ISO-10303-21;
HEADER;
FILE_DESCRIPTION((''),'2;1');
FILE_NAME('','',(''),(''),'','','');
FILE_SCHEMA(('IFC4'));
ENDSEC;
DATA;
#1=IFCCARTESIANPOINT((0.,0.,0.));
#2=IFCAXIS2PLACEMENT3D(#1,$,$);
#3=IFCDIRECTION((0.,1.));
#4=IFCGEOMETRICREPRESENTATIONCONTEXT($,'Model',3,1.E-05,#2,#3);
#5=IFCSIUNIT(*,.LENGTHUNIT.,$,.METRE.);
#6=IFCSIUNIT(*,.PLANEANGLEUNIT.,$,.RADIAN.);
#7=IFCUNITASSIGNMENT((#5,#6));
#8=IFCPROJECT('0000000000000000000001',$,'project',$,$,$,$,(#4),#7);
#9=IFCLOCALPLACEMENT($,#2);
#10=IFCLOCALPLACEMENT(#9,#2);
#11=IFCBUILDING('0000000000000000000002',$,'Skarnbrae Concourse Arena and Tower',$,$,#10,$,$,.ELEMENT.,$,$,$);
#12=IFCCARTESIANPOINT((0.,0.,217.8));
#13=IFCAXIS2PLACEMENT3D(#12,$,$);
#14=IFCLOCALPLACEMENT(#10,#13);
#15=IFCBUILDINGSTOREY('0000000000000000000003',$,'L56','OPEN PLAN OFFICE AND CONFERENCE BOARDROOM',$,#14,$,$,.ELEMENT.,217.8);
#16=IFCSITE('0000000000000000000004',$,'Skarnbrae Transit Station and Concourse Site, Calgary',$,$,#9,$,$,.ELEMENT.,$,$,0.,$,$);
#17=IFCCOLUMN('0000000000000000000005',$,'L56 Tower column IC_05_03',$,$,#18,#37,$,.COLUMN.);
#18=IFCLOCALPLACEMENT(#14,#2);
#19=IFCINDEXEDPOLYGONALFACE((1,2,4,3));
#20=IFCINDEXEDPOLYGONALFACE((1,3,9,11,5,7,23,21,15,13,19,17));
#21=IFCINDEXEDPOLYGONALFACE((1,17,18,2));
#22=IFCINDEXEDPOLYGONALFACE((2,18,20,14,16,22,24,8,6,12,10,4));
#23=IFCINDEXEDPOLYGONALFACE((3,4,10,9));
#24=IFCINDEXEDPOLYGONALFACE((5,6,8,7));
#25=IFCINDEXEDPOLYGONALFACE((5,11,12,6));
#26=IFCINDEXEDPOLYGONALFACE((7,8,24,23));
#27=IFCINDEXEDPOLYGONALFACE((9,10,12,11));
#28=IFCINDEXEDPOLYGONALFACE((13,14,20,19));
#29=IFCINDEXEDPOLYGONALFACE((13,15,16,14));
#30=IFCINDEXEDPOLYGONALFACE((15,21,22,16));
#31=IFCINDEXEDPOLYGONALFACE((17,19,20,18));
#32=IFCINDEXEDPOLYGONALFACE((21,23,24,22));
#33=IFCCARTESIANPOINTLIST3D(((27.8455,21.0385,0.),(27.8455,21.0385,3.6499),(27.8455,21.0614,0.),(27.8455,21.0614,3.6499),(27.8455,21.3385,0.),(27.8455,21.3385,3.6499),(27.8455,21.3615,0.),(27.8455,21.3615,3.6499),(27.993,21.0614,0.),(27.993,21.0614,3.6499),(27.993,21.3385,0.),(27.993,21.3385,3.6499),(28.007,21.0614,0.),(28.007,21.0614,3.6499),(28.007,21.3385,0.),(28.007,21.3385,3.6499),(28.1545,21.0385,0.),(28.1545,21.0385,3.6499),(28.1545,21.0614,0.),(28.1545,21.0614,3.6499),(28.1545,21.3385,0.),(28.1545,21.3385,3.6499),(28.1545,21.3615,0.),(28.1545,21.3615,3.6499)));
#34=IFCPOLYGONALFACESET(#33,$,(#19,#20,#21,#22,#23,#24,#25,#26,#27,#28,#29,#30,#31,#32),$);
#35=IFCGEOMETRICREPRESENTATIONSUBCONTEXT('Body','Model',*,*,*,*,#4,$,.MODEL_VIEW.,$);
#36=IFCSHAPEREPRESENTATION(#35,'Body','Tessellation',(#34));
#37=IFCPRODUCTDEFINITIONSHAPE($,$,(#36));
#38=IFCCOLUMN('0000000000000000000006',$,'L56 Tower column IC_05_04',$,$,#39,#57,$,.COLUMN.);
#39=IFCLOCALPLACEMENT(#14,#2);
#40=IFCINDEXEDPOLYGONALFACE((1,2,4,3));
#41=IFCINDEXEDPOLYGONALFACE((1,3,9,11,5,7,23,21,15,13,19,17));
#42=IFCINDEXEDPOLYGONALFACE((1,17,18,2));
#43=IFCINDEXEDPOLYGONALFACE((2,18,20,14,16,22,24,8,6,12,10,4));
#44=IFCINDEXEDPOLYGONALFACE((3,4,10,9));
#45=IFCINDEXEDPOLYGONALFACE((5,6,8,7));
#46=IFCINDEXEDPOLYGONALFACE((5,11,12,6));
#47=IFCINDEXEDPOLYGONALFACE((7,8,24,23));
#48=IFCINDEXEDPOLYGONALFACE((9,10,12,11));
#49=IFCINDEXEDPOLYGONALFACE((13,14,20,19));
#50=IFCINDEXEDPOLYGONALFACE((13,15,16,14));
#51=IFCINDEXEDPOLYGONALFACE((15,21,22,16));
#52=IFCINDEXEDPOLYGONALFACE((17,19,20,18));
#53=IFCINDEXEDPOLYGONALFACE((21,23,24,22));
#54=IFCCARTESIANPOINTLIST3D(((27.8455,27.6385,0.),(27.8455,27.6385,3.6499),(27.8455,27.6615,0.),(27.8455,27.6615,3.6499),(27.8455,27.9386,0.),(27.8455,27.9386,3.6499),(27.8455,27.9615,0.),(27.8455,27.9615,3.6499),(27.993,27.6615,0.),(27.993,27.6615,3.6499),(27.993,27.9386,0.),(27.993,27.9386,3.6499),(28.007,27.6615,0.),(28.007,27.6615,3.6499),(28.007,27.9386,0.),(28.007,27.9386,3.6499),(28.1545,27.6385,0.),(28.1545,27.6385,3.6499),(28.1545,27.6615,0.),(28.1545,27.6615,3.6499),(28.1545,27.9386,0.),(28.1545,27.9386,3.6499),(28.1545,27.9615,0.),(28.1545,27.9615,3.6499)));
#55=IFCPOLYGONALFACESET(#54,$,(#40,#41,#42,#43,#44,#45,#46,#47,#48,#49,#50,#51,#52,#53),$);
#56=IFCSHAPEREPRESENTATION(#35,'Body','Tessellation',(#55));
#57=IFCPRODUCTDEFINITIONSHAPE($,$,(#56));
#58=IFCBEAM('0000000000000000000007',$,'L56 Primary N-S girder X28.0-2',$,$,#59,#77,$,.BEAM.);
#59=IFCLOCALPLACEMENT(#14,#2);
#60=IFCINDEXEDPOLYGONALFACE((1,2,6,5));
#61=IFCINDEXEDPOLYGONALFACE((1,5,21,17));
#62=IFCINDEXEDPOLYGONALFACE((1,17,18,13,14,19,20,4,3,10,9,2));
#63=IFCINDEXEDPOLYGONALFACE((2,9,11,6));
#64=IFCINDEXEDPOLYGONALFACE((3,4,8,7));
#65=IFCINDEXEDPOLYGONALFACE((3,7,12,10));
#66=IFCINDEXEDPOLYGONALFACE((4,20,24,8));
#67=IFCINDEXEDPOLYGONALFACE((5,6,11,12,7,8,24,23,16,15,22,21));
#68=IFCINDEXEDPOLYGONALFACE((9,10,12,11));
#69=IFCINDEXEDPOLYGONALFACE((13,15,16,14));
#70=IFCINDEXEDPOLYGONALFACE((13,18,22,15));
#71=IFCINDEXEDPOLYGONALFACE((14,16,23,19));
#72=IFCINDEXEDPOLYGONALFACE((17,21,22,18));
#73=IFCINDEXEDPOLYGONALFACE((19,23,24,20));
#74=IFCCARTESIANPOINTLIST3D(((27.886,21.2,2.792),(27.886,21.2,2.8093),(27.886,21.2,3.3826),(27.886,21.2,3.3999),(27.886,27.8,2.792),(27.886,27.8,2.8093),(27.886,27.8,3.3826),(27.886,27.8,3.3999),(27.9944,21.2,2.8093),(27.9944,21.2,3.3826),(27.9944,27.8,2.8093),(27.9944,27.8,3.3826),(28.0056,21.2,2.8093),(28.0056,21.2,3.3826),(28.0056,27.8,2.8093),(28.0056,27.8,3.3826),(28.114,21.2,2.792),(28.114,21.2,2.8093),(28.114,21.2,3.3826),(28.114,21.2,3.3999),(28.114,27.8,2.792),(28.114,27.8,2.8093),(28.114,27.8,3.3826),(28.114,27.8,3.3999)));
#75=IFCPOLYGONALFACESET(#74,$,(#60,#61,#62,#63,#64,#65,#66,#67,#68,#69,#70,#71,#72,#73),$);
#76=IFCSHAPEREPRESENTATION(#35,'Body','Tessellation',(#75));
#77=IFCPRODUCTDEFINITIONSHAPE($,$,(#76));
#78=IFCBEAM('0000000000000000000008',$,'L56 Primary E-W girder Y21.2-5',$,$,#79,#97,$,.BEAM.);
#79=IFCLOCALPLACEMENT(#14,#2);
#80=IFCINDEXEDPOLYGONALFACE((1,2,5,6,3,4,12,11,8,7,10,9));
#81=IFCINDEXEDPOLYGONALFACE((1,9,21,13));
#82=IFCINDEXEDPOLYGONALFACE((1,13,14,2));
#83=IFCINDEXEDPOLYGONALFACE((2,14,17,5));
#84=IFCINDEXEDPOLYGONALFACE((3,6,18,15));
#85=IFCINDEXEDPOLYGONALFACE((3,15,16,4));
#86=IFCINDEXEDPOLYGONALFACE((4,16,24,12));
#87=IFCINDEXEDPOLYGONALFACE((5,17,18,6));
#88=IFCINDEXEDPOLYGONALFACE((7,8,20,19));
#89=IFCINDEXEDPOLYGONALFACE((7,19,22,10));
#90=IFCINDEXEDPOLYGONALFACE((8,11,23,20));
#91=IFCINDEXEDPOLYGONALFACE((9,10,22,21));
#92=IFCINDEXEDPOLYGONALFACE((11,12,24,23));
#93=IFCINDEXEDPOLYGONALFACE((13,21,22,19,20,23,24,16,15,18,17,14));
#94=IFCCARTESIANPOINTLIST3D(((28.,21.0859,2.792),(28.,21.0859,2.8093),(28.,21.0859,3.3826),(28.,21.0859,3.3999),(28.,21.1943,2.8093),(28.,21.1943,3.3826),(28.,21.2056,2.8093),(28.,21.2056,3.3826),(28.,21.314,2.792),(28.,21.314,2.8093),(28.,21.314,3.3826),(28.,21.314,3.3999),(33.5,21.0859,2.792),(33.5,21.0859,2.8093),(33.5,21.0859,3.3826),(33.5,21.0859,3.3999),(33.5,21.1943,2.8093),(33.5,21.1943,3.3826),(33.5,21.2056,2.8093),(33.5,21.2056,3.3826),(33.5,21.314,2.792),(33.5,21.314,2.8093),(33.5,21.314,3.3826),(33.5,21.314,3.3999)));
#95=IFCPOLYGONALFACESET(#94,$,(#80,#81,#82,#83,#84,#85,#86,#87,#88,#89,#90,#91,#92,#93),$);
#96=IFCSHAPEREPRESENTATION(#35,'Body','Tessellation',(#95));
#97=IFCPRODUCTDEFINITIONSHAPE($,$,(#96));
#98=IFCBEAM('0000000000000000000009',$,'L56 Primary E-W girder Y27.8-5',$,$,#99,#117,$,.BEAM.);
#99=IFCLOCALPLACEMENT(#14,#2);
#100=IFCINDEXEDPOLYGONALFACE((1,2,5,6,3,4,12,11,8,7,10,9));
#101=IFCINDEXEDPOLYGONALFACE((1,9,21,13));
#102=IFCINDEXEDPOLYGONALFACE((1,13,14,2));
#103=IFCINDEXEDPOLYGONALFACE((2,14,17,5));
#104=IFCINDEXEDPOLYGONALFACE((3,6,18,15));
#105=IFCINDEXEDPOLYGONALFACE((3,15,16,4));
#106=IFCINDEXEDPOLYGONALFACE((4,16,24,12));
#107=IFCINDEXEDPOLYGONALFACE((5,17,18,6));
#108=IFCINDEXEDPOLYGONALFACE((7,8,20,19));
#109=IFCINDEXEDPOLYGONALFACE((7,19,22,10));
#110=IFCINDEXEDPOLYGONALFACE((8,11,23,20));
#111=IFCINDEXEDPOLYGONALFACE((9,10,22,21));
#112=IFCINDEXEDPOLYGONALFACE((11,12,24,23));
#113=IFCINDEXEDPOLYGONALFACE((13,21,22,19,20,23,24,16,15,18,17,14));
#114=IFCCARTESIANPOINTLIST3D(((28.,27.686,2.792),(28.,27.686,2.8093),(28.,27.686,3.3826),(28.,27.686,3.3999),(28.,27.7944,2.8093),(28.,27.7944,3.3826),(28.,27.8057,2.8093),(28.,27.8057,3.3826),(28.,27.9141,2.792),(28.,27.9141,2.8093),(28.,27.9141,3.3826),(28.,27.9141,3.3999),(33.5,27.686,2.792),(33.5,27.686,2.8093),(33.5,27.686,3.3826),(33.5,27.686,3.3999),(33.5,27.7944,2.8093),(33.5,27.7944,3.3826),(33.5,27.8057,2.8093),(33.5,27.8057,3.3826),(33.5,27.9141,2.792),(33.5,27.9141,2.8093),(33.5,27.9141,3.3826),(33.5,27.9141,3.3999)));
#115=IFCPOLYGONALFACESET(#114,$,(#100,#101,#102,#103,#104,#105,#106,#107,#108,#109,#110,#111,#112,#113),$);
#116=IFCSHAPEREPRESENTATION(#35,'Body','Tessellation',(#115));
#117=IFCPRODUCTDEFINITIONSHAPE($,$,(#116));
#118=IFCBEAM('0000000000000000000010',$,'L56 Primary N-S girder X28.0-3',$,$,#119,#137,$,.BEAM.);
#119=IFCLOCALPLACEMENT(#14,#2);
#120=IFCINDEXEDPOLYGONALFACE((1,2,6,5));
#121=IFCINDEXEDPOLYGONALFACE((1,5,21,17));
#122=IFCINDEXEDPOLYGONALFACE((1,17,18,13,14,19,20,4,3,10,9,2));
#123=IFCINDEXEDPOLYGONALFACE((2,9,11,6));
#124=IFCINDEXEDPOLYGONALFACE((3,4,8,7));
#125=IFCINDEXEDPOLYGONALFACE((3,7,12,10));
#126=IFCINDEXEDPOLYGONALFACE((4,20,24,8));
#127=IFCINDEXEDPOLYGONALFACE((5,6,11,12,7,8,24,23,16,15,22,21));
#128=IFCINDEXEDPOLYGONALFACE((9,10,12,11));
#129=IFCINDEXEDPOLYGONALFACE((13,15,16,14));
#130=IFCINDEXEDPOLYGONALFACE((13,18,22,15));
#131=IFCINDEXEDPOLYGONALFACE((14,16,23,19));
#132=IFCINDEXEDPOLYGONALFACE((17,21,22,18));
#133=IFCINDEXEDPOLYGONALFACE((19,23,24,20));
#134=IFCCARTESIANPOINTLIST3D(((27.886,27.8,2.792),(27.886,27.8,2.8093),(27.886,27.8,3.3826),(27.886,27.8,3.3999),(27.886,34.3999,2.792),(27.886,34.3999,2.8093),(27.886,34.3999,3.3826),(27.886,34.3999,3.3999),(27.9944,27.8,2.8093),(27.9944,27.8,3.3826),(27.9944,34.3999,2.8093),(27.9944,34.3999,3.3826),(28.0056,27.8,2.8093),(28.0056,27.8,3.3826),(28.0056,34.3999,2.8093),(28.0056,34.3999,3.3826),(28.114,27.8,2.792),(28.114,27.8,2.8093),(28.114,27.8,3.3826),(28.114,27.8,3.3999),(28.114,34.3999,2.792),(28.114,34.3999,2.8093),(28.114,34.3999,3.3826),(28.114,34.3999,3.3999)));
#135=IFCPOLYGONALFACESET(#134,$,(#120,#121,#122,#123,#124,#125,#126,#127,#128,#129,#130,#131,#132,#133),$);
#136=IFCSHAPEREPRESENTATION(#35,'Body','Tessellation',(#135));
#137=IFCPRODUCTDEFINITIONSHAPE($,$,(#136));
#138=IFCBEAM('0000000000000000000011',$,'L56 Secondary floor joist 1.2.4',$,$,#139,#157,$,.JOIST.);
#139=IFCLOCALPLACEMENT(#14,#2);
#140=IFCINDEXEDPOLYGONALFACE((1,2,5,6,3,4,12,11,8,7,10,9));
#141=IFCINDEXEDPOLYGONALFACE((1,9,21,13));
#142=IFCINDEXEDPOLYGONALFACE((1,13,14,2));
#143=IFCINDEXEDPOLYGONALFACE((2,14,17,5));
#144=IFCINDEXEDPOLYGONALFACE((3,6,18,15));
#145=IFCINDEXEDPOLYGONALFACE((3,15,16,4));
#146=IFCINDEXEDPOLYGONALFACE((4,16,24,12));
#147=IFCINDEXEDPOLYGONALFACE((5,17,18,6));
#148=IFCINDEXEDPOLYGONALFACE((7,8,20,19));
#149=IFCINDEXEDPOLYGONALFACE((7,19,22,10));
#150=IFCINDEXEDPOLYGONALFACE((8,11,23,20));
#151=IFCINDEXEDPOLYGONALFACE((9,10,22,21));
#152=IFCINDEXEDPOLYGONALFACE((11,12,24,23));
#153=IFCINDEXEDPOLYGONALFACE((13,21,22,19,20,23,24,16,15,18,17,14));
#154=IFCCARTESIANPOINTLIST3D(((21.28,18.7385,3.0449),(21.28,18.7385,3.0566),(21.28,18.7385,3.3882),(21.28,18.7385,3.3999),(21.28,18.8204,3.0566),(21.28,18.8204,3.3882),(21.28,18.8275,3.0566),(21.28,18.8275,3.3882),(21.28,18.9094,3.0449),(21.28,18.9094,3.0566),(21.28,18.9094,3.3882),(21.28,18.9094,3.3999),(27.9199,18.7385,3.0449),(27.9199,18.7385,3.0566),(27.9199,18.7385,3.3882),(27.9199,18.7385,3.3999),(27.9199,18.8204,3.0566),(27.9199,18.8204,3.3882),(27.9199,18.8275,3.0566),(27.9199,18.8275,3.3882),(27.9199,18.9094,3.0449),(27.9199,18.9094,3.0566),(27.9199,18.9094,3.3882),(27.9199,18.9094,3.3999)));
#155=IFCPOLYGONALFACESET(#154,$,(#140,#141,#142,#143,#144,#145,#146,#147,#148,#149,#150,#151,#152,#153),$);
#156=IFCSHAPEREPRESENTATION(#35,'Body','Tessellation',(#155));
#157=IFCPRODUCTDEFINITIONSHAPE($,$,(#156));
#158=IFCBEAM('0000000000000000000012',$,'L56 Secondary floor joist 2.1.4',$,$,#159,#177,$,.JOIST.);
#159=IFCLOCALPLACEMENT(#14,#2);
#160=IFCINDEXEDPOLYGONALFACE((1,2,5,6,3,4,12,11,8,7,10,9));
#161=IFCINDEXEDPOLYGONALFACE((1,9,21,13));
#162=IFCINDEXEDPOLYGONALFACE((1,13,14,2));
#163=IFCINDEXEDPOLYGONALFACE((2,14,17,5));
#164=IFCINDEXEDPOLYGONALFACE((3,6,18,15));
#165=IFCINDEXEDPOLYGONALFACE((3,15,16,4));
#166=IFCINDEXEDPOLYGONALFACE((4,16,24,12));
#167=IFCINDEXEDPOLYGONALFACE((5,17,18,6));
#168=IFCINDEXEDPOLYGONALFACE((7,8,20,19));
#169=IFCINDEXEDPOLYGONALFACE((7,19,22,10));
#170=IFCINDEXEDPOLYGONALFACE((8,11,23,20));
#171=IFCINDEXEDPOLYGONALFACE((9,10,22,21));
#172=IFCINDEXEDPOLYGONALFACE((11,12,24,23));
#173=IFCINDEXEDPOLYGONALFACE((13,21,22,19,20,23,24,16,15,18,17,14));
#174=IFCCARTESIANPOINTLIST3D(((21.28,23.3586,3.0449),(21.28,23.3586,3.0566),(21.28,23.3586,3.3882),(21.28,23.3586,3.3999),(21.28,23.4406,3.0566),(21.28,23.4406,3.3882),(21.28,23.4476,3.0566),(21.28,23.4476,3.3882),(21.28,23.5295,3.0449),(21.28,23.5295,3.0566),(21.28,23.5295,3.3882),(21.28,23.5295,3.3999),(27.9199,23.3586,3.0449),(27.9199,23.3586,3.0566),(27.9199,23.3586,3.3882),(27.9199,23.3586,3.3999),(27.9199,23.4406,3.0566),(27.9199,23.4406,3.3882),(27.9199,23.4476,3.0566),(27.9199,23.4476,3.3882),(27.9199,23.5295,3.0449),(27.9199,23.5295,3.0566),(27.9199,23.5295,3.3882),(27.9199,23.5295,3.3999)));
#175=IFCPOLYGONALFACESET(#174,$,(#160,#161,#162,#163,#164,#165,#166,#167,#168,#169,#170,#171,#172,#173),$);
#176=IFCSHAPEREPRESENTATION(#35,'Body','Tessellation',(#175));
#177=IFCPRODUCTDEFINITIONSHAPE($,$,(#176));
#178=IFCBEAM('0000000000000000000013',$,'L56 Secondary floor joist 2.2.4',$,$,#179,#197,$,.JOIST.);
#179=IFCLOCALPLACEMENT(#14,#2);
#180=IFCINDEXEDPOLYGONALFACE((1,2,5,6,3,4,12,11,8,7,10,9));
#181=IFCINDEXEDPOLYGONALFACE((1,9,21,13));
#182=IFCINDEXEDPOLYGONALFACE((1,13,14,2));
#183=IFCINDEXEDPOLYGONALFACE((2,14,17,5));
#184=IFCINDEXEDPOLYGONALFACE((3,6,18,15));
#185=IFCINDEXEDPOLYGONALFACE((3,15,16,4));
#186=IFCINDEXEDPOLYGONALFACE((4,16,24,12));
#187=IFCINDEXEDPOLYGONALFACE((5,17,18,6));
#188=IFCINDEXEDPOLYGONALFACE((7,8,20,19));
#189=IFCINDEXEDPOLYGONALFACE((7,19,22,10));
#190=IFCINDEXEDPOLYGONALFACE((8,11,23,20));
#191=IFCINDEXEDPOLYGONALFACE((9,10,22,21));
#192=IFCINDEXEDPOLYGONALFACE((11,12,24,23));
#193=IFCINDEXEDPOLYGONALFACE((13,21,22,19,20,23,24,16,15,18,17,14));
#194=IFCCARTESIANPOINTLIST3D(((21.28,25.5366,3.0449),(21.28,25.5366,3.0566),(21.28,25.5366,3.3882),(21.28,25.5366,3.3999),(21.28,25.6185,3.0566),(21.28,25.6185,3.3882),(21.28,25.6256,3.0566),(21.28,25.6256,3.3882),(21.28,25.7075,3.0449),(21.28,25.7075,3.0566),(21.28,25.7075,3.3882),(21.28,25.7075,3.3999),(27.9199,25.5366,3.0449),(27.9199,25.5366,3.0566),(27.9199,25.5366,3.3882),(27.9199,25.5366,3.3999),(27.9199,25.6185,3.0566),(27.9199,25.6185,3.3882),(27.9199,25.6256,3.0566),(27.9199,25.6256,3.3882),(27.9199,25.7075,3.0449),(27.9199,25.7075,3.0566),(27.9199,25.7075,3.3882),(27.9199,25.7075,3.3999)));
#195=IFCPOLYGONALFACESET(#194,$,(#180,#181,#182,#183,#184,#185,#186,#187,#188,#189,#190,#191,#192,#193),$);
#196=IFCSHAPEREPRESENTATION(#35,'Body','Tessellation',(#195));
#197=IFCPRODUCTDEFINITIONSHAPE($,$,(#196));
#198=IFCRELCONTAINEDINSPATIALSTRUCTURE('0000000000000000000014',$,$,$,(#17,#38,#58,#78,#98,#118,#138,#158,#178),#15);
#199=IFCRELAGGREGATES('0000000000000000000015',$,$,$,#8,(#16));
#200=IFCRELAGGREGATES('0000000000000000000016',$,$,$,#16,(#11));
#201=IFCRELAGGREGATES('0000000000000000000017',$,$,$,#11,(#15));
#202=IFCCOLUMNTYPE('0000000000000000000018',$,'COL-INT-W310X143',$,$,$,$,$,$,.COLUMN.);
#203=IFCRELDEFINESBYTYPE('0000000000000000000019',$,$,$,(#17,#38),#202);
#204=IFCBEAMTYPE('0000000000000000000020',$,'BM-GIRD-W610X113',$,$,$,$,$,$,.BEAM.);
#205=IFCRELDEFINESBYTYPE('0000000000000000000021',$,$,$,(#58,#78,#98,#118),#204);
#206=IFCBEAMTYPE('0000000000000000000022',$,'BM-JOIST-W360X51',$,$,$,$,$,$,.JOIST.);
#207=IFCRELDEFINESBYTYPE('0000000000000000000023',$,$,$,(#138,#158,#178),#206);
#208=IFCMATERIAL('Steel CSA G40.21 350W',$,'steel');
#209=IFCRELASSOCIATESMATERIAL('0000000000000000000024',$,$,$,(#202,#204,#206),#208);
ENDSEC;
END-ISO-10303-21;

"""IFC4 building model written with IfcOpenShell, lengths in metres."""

from ifc_helpers import new_model, si_unit, direction, frame, origin, origin_2d, place, context, subcontext, project, spatial, i_section, extrude, source, transform, mapped, material, material_profile, profile_set, type_object, element, save


model = new_model("IFC4")

# Units and contexts
model_context = context("Model", 3, precision=1e-05, world=origin(), true_north=direction((0.0, 1.0)))
body_context = subcontext(model_context, "Body", "Model", "MODEL_VIEW")
ifc_project = project(units=[si_unit("LENGTHUNIT", "METRE"), si_unit("PLANEANGLEUNIT", "RADIAN")], contexts=[model_context])

# Site, building, storey
site_placement = place(None, origin())
site = spatial("IfcSite", under=ifc_project, at=site_placement, Name="Skarnbrae Transit Station and Concourse Site, Calgary", CompositionType="ELEMENT", RefElevation=0.0)
building_placement = place(site_placement, origin())
building = spatial("IfcBuilding", under=site, at=building_placement, Name="Skarnbrae Concourse Arena and Tower", CompositionType="ELEMENT")
storey_placement = place(building_placement, frame((0.0, 0.0, 217.8)))
storey = spatial("IfcBuildingStorey", under=building, at=storey_placement, Name="L56", Description="OPEN PLAN OFFICE AND CONFERENCE BOARDROOM", CompositionType="ELEMENT", Elevation=217.8)

# Columns
ifc_material_1 = material(Name="Steel CSA G40.21 350W", Category="steel")
ifc_material_profile_1 = material_profile(ifc_material_1, i_section(OverallWidth=0.3091, OverallDepth=0.323, WebThickness=0.0139, FlangeThickness=0.0229, at=origin_2d()), Name="W310X143")
ifc_profile_set_1 = profile_set([ifc_material_profile_1], Name="Steel CSA G40.21 350W")
column_type = type_object("IfcColumnType", Name="COL-INT-W310X143", PredefinedType="COLUMN", material=ifc_profile_set_1)
shared_shape_1 = source(origin(), body_context, "Body", "SweptSolid", [
    extrude(i_section(OverallWidth=0.3091, OverallDepth=0.323, WebThickness=0.0139, FlangeThickness=0.0229, at=origin_2d()), origin(), (0.0, 0.0, 1.0), 3.6499),
])
for number, where, z_axis, x_axis, name in (
    (1, (28.0, 21.2, 0.0), (0.0, 0.0, 1.0), (1.0, 0.0, 0.0), "L56 Tower column IC_05_03"),
    (2, (28.0, 27.8, 0.0), (0.0, 0.0, 1.0), (1.0, 0.0, 0.0), "L56 Tower column IC_05_04"),
):
    element("IfcColumn", number, at=place(storey_placement, frame(where, z_axis=z_axis, x_axis=x_axis)), inside=storey, type_object=column_type, Name=name, PredefinedType="COLUMN", context=body_context, shape_type="MappedRepresentation", body=[
        mapped(shared_shape_1, transform((0.0, 0.0, 0.0))),
    ])

# Beams
ifc_material_profile_2 = material_profile(ifc_material_1, i_section(OverallWidth=0.228, OverallDepth=0.6079, WebThickness=0.0112, FlangeThickness=0.0173, at=origin_2d()), Name="W610X113")
ifc_profile_set_2 = profile_set([ifc_material_profile_2], Name="Steel CSA G40.21 350W")
beam_type_1 = type_object("IfcBeamType", Name="BM-GIRD-W610X113", PredefinedType="BEAM", material=ifc_profile_set_2)
shared_shape_2 = source(origin(), body_context, "Body", "SweptSolid", [
    extrude(i_section(OverallWidth=0.228, OverallDepth=0.6079, WebThickness=0.0112, FlangeThickness=0.0173, at=origin_2d()), origin(), (0.0, 0.0, 1.0), 6.6001),
])
beam_1_placement = place(storey_placement, frame((28.0, 21.2, 3.0959), z_axis=(0.0, 1.0, 0.0), x_axis=(-1.0, 0.0, 0.0)))
element("IfcBeam", 3, at=beam_1_placement, inside=storey, type_object=beam_type_1, Name="L56 Primary N-S girder X28.0-2", PredefinedType="BEAM", context=body_context, shape_type="MappedRepresentation", body=[
    mapped(shared_shape_2, transform((0.0, 0.0, 0.0))),
])
shared_shape_3 = source(origin(), body_context, "Body", "SweptSolid", [
    extrude(i_section(OverallWidth=0.228, OverallDepth=0.6079, WebThickness=0.0112, FlangeThickness=0.0173, at=origin_2d()), origin(), (0.0, 0.0, 1.0), 5.5),
])
for number, where, z_axis, x_axis, name in (
    (4, (28.0, 21.2, 3.0959), (1.0, 0.0, 0.0), (0.0, 1.0, 0.0), "L56 Primary E-W girder Y21.2-5"),
    (5, (28.0, 27.8, 3.0959), (1.0, 0.0, 0.0), (0.0, 1.0, 0.0), "L56 Primary E-W girder Y27.8-5"),
):
    element("IfcBeam", number, at=place(storey_placement, frame(where, z_axis=z_axis, x_axis=x_axis)), inside=storey, type_object=beam_type_1, Name=name, PredefinedType="BEAM", context=body_context, shape_type="MappedRepresentation", body=[
        mapped(shared_shape_3, transform((0.0, 0.0, 0.0))),
    ])
shared_shape_4 = source(origin(), body_context, "Body", "SweptSolid", [
    extrude(i_section(OverallWidth=0.228, OverallDepth=0.6079, WebThickness=0.0112, FlangeThickness=0.0173, at=origin_2d()), origin(), (0.0, 0.0, 1.0), 6.5999),
])
beam_2_placement = place(storey_placement, frame((28.0, 27.8, 3.0959), z_axis=(0.0, 1.0, 0.0), x_axis=(-1.0, 0.0, 0.0)))
element("IfcBeam", 6, at=beam_2_placement, inside=storey, type_object=beam_type_1, Name="L56 Primary N-S girder X28.0-3", PredefinedType="BEAM", context=body_context, shape_type="MappedRepresentation", body=[
    mapped(shared_shape_4, transform((0.0, 0.0, 0.0))),
])
ifc_material_profile_3 = material_profile(ifc_material_1, i_section(OverallWidth=0.1709, OverallDepth=0.355, WebThickness=0.0071, FlangeThickness=0.0117, at=origin_2d()), Name="W360X51")
ifc_profile_set_3 = profile_set([ifc_material_profile_3], Name="Steel CSA G40.21 350W")
beam_type_2 = type_object("IfcBeamType", Name="BM-JOIST-W360X51", PredefinedType="JOIST", material=ifc_profile_set_3)
shared_shape_5 = source(origin(), body_context, "Body", "SweptSolid", [
    extrude(i_section(OverallWidth=0.1709, OverallDepth=0.355, WebThickness=0.0071, FlangeThickness=0.0117, at=origin_2d()), origin(), (0.0, 0.0, 1.0), 6.6399),
])
for number, where, z_axis, x_axis, name in (
    (7, (21.28, 18.824, 3.2224), (1.0, 0.0, 0.0), (0.0, 1.0, 0.0), "L56 Secondary floor joist 1.2.4"),
    (8, (21.28, 23.4441, 3.2224), (1.0, 0.0, 0.0), (0.0, 1.0, 0.0), "L56 Secondary floor joist 2.1.4"),
    (9, (21.28, 25.6221, 3.2224), (1.0, 0.0, 0.0), (0.0, 1.0, 0.0), "L56 Secondary floor joist 2.2.4"),
):
    element("IfcBeam", number, at=place(storey_placement, frame(where, z_axis=z_axis, x_axis=x_axis)), inside=storey, type_object=beam_type_2, Name=name, PredefinedType="JOIST", context=body_context, shape_type="MappedRepresentation", body=[
        mapped(shared_shape_5, transform((0.0, 0.0, 0.0))),
    ])

save(model, "model.ifc")
